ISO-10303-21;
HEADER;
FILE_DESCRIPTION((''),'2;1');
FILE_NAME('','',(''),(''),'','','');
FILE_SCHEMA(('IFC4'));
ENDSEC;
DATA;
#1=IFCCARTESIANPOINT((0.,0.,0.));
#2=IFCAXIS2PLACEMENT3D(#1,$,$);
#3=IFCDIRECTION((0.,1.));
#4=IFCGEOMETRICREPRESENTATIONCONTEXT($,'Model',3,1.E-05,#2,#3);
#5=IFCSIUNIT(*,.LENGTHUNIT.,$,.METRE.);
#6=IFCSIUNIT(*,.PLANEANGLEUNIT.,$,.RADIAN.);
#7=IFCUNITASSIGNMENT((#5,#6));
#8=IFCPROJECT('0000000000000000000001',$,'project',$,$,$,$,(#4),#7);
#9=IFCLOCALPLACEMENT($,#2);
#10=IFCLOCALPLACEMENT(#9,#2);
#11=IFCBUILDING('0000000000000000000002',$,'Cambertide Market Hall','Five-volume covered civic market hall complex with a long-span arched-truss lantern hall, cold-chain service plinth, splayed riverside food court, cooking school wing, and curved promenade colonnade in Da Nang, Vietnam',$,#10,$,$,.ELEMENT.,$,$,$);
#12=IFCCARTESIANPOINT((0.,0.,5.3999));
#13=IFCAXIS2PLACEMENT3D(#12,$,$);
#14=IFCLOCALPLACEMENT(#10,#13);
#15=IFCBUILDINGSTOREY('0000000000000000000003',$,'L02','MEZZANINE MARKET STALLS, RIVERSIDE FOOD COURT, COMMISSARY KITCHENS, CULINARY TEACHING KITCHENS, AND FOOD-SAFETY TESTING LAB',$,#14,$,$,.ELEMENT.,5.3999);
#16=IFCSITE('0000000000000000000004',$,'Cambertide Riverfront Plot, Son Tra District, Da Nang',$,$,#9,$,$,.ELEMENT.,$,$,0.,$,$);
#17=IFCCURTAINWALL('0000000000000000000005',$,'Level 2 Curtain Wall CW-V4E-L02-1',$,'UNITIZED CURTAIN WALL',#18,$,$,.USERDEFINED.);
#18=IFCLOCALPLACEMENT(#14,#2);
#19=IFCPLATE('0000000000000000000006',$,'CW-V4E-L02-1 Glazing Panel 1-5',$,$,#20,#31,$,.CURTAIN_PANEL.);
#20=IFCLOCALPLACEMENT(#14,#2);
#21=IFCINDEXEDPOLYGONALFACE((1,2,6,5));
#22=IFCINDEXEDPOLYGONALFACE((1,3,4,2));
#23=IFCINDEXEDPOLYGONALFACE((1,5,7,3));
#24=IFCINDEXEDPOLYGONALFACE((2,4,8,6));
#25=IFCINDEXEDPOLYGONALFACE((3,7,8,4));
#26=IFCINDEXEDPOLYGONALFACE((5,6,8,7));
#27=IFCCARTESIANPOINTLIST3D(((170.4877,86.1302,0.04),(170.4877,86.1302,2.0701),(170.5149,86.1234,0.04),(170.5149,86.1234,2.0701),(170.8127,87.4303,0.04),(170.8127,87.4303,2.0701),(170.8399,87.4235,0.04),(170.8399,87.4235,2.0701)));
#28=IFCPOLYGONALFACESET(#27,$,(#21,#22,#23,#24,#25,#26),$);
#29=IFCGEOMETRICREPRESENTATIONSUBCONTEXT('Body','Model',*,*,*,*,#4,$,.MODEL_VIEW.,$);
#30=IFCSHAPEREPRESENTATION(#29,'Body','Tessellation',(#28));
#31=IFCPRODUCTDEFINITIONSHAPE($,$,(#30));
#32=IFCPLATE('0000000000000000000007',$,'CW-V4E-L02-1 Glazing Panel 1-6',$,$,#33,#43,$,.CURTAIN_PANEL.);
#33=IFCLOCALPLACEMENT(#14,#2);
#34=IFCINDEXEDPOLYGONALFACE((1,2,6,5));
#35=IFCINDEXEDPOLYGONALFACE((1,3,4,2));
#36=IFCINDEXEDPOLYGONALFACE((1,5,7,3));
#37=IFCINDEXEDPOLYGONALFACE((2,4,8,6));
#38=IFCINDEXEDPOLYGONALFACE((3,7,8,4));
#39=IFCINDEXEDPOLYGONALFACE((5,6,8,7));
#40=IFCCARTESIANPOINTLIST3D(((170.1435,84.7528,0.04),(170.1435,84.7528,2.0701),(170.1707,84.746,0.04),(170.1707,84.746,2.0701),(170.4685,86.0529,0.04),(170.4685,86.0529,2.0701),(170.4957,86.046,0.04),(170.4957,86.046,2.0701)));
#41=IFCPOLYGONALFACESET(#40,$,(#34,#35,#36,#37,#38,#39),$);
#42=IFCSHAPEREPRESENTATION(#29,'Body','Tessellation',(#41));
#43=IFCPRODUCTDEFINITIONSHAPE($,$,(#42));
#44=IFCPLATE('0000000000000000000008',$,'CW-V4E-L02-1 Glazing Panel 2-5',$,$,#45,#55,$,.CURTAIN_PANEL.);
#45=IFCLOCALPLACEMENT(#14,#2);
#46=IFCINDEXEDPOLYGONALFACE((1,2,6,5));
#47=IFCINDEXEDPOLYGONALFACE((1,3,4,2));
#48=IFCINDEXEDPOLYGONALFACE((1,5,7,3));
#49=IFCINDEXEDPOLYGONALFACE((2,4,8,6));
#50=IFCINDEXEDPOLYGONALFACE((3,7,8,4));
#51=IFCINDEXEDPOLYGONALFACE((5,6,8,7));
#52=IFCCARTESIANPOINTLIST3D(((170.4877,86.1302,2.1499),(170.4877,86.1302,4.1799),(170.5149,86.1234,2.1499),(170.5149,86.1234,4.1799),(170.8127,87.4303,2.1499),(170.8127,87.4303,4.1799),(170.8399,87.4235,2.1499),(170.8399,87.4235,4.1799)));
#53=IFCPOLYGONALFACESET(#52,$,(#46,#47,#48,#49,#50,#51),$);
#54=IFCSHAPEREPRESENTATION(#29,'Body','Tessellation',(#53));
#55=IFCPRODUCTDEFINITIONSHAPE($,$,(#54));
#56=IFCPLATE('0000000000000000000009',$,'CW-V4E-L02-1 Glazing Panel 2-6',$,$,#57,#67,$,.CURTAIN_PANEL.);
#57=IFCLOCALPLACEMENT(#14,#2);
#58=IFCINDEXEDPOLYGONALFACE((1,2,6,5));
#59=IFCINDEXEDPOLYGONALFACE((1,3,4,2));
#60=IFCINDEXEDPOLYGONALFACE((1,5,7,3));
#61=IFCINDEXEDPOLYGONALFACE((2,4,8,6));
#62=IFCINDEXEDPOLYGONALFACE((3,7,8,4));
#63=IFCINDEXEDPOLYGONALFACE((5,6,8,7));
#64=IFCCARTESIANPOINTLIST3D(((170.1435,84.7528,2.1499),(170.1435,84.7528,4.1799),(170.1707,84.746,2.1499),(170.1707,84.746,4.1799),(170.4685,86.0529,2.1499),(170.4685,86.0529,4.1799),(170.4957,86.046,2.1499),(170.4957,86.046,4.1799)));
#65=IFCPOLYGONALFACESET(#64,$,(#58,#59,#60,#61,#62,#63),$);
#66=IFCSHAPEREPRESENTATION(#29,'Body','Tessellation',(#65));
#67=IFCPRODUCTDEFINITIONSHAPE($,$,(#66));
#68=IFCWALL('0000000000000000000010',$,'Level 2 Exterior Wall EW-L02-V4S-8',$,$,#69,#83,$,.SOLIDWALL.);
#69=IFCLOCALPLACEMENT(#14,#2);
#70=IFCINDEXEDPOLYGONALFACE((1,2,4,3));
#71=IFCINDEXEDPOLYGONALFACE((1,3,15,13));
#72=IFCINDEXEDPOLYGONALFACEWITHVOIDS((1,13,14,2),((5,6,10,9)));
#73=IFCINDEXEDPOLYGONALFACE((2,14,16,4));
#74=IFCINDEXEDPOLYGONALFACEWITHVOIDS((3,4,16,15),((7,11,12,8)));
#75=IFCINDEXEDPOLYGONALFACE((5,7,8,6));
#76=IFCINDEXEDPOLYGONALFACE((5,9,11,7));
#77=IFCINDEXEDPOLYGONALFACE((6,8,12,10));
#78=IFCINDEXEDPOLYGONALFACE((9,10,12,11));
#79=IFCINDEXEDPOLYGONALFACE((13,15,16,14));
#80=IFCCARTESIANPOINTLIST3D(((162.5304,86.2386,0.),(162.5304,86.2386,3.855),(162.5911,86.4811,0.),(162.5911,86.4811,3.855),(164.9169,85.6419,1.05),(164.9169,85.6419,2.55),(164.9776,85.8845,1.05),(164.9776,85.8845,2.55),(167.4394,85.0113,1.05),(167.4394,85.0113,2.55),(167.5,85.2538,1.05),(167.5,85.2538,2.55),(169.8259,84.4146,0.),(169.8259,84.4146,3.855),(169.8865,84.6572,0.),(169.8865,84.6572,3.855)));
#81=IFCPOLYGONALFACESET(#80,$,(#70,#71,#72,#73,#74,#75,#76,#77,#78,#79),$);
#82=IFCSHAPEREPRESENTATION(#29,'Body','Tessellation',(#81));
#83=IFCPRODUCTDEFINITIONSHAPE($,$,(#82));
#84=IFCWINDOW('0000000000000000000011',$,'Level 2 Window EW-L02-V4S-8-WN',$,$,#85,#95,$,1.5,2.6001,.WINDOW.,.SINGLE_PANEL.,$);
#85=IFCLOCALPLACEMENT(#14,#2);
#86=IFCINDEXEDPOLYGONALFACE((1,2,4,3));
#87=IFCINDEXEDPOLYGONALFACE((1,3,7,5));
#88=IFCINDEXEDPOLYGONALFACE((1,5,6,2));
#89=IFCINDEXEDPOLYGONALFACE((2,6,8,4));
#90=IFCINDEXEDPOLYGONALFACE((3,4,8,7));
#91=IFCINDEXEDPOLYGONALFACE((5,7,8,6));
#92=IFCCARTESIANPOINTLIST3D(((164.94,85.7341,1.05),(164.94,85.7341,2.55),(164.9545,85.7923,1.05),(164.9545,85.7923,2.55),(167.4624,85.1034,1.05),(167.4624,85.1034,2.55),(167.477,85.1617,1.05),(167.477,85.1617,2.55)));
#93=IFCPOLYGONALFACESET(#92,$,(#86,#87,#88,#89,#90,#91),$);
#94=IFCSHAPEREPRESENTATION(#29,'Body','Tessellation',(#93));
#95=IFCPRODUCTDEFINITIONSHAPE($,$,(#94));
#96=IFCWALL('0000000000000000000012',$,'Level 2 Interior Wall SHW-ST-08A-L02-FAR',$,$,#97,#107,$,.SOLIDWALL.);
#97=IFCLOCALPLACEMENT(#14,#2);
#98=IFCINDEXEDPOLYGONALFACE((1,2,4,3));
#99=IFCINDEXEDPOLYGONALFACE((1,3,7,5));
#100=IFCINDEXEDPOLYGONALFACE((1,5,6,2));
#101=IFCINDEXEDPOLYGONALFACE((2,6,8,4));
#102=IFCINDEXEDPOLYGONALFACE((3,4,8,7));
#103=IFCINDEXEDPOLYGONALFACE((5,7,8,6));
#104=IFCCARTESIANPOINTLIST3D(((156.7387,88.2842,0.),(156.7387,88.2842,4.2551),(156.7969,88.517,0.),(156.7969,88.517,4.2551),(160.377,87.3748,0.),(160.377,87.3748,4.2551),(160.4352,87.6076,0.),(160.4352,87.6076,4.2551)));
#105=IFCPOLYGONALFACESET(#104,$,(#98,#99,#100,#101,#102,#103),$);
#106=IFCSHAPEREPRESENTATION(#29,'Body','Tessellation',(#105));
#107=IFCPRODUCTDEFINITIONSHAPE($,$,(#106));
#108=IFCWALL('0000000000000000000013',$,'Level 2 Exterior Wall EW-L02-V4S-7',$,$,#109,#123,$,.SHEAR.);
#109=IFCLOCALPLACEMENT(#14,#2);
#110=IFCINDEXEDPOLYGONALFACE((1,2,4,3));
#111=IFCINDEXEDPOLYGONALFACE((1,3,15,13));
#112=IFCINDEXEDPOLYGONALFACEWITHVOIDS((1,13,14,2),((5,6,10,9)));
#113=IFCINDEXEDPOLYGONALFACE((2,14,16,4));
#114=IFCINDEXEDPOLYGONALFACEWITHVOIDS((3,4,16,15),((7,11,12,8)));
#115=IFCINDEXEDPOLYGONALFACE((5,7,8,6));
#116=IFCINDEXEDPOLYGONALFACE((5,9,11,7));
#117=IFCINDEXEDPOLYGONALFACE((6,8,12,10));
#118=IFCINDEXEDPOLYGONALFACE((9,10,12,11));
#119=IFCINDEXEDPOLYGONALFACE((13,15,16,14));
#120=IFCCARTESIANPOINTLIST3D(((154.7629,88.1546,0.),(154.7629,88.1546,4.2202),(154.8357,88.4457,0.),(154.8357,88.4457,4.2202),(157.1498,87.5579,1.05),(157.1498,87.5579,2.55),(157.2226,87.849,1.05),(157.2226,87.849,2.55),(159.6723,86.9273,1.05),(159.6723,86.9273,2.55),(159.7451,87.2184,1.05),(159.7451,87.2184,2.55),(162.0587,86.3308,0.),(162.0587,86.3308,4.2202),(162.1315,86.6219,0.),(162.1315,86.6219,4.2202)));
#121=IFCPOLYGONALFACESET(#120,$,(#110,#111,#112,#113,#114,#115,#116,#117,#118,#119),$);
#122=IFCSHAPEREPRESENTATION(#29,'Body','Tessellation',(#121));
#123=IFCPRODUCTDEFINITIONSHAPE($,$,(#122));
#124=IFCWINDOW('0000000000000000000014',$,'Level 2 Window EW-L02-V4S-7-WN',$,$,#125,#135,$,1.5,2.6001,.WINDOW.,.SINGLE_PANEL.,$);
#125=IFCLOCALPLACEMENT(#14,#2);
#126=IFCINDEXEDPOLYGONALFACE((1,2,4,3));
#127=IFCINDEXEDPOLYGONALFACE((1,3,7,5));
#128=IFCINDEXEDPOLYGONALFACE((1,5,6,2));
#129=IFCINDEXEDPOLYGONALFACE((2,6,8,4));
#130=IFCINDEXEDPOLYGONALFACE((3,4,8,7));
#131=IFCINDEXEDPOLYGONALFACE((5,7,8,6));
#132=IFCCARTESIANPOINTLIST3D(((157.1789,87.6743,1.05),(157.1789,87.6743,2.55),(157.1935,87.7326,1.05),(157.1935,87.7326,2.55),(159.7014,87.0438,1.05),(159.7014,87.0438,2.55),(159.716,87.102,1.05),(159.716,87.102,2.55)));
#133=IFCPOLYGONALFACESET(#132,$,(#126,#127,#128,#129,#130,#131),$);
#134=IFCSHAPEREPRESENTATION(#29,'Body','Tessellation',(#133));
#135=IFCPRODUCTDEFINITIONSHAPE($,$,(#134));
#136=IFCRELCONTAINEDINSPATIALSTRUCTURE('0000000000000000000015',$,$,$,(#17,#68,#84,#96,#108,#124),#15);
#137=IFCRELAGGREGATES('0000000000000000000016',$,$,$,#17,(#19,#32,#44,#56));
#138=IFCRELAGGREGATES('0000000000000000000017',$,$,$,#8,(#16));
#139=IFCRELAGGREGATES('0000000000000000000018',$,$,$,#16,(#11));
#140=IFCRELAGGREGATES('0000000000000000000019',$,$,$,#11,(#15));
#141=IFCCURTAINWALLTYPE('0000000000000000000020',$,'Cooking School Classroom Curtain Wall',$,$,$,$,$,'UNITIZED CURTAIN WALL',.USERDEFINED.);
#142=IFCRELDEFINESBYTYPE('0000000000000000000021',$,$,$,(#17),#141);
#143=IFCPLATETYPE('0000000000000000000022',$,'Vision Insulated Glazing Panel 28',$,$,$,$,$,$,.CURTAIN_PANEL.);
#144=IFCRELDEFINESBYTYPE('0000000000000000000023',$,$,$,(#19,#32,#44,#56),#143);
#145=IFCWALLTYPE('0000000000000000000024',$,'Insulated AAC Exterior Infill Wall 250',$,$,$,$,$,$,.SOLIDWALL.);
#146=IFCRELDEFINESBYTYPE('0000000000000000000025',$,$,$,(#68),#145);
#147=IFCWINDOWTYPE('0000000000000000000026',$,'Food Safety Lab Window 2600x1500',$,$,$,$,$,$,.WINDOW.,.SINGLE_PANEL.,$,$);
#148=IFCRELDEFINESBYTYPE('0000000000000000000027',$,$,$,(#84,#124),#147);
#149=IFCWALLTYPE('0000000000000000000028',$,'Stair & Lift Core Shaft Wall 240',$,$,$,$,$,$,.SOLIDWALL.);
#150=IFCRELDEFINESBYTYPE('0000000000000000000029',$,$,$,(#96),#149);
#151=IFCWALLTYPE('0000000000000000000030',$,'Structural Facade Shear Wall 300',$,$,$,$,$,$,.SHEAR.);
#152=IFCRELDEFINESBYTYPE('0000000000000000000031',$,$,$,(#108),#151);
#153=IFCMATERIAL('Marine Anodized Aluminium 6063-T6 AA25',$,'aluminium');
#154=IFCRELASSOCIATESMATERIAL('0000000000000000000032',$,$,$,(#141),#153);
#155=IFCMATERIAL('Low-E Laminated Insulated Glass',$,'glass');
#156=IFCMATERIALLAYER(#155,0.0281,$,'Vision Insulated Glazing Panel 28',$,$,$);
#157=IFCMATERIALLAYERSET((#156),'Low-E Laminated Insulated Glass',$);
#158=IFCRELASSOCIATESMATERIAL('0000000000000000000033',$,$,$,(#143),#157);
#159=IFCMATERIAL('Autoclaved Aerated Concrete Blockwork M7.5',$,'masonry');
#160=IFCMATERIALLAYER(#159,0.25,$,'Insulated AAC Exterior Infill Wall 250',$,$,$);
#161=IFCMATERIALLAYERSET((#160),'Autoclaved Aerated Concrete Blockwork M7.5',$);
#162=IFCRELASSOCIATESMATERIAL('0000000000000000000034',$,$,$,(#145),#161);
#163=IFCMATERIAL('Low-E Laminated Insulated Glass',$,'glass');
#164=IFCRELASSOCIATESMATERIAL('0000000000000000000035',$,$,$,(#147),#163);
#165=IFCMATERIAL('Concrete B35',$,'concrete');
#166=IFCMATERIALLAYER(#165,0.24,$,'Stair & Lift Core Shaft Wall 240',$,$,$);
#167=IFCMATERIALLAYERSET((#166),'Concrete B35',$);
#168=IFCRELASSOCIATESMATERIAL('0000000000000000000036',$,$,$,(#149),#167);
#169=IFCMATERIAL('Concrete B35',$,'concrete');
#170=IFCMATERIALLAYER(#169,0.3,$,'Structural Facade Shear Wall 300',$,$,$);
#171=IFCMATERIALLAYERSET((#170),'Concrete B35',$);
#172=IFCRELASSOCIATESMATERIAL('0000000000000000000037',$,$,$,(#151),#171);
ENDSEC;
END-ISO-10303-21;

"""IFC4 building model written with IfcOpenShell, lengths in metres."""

from ifc_helpers import new_model, si_unit, direction, frame, frame_2d, origin, origin_2d, place, context, subcontext, project, spatial, rectangle, extrude, material, layer, layer_set, type_object, element, fill, aggregate, save


model = new_model("IFC4")

# Units and contexts
model_context = context("Model", 3, precision=1e-05, world=origin(), true_north=direction((0.0, 1.0)))
body_context = subcontext(model_context, "Body", "Model", "MODEL_VIEW")
ifc_project = project(units=[si_unit("LENGTHUNIT", "METRE"), si_unit("PLANEANGLEUNIT", "RADIAN")], contexts=[model_context])

# Site, building, storey
site_placement = place(None, origin())
site = spatial("IfcSite", under=ifc_project, at=site_placement, Name="Cambertide Riverfront Plot, Son Tra District, Da Nang", CompositionType="ELEMENT", RefElevation=0.0)
building_placement = place(site_placement, origin())
building = spatial("IfcBuilding", under=site, at=building_placement, Name="Cambertide Market Hall", Description="Five-volume covered civic market hall complex with a long-span arched-truss lantern hall, cold-chain service plinth, splayed riverside food court, cooking school wing, and curved promenade colonnade in Da Nang, Vietnam", CompositionType="ELEMENT")
storey_placement = place(building_placement, frame((0.0, 0.0, 5.3999)))
storey = spatial("IfcBuildingStorey", under=building, at=storey_placement, Name="L02", Description="MEZZANINE MARKET STALLS, RIVERSIDE FOOD COURT, COMMISSARY KITCHENS, CULINARY TEACHING KITCHENS, AND FOOD-SAFETY TESTING LAB", CompositionType="ELEMENT", Elevation=5.3999)

# Curtain wall
ifc_material_1 = material(Name="Marine Anodized Aluminium 6063-T6 AA25", Category="aluminium")
curtain_wall_type = type_object("IfcCurtainWallType", Name="Cooking School Classroom Curtain Wall", ElementType="UNITIZED CURTAIN WALL", PredefinedType="USERDEFINED", material=ifc_material_1)
curtain_wall_placement = place(storey_placement, origin())
curtain_wall = element("IfcCurtainWall", 1, at=curtain_wall_placement, inside=storey, type_object=curtain_wall_type, Name="Level 2 Curtain Wall CW-V4E-L02-1", ObjectType="UNITIZED CURTAIN WALL", PredefinedType="USERDEFINED")

# Plates
ifc_material_2 = material(Name="Low-E Laminated Insulated Glass", Category="glass")
ifc_layer_1 = layer(ifc_material_2, 0.0281, Name="Vision Insulated Glazing Panel 28")
ifc_layer_set_1 = layer_set([ifc_layer_1], Name="Low-E Laminated Insulated Glass")
plate_type = type_object("IfcPlateType", Name="Vision Insulated Glazing Panel 28", PredefinedType="CURTAIN_PANEL", material=ifc_layer_set_1)
plate_1_placement = place(storey_placement, frame((170.6638, 86.7769, 0.04), z_axis=(0.0, 0.0, 1.0), x_axis=(-0.242536, -0.970143, 0.0)))
plate_1 = element("IfcPlate", 2, at=plate_1_placement, type_object=plate_type, Name="CW-V4E-L02-1 Glazing Panel 1-5", PredefinedType="CURTAIN_PANEL", context=body_context, shape_type="SweptSolid", body=[
    extrude(rectangle(XDim=1.3401, YDim=0.0281, at=origin_2d()), origin(), (0.0, 0.0, 1.0), 2.03),
])
plate_2_placement = place(storey_placement, frame((170.3196, 85.3994, 0.04), z_axis=(0.0, 0.0, 1.0), x_axis=(-0.242536, -0.970143, 0.0)))
plate_2 = element("IfcPlate", 3, at=plate_2_placement, type_object=plate_type, Name="CW-V4E-L02-1 Glazing Panel 1-6", PredefinedType="CURTAIN_PANEL", context=body_context, shape_type="SweptSolid", body=[
    extrude(rectangle(XDim=1.3401, YDim=0.0281, at=origin_2d()), origin(), (0.0, 0.0, 1.0), 2.03),
])
plate_3_placement = place(storey_placement, frame((170.6638, 86.7769, 2.1499), z_axis=(0.0, 0.0, 1.0), x_axis=(-0.242536, -0.970143, 0.0)))
plate_3 = element("IfcPlate", 4, at=plate_3_placement, type_object=plate_type, Name="CW-V4E-L02-1 Glazing Panel 2-5", PredefinedType="CURTAIN_PANEL", context=body_context, shape_type="SweptSolid", body=[
    extrude(rectangle(XDim=1.3401, YDim=0.0281, at=origin_2d()), origin(), (0.0, 0.0, 1.0), 2.03),
])
plate_4_placement = place(storey_placement, frame((170.3196, 85.3994, 2.1499), z_axis=(0.0, 0.0, 1.0), x_axis=(-0.242536, -0.970143, 0.0)))
plate_4 = element("IfcPlate", 5, at=plate_4_placement, type_object=plate_type, Name="CW-V4E-L02-1 Glazing Panel 2-6", PredefinedType="CURTAIN_PANEL", context=body_context, shape_type="SweptSolid", body=[
    extrude(rectangle(XDim=1.3401, YDim=0.0281, at=origin_2d()), origin(), (0.0, 0.0, 1.0), 2.03),
])
aggregate(curtain_wall, [plate_1, plate_2, plate_3, plate_4])

# Wall, opening, window
ifc_material_3 = material(Name="Autoclaved Aerated Concrete Blockwork M7.5", Category="masonry")
ifc_layer_2 = layer(ifc_material_3, 0.25, Name="Insulated AAC Exterior Infill Wall 250")
ifc_layer_set_2 = layer_set([ifc_layer_2], Name="Autoclaved Aerated Concrete Blockwork M7.5")
wall_type_1 = type_object("IfcWallType", Name="Insulated AAC Exterior Infill Wall 250", PredefinedType="SOLIDWALL", material=ifc_layer_set_2)
wall_1_placement = place(storey_placement, frame((169.8562, 84.5359, 0.0), z_axis=(0.0, 0.0, 1.0), x_axis=(-0.970139, 0.242551, 0.0)))
wall_1 = element("IfcWall", 6, at=wall_1_placement, inside=storey, type_object=wall_type_1, Name="Level 2 Exterior Wall EW-L02-V4S-8", PredefinedType="SOLIDWALL", context=body_context, shape_type="SweptSolid", body=[
    extrude(rectangle(XDim=7.52, YDim=0.25, at=frame_2d((3.76, 0.0))), origin(), (0.0, 0.0, 1.0), 3.855),
])
opening_1_placement = place(wall_1_placement, frame((2.46, 0.0, 1.05)))
opening_1 = element("IfcOpeningElement", 7, at=opening_1_placement, cuts=wall_1, PredefinedType="OPENING", context=body_context, shape_type="SweptSolid", body=[
    extrude(rectangle(XDim=2.6001, YDim=1.5, at=frame_2d((1.3, 0.75))), frame((0.0, 0.135, 0.0), z_axis=(0.0, -1.0, 0.0), x_axis=(1.0, 0.0, 0.0)), (0.0, 0.0, 1.0), 0.27),
])
ifc_material_4 = material(Name="Low-E Laminated Insulated Glass", Category="glass")
window_type = type_object("IfcWindowType", Name="Food Safety Lab Window 2600x1500", PartitioningType="SINGLE_PANEL", PredefinedType="WINDOW", material=ifc_material_4)
window_1_placement = place(opening_1_placement, origin())
window_1 = element("IfcWindow", 8, at=window_1_placement, inside=storey, type_object=window_type, Name="Level 2 Window EW-L02-V4S-8-WN", OverallHeight=1.5, OverallWidth=2.6001, PartitioningType="SINGLE_PANEL", PredefinedType="WINDOW", context=body_context, shape_type="SweptSolid", body=[
    extrude(rectangle(XDim=2.6001, YDim=1.5, at=frame_2d((1.3, 0.75))), frame((0.0, 0.03, 0.0), z_axis=(0.0, -1.0, 0.0), x_axis=(1.0, 0.0, 0.0)), (0.0, 0.0, 1.0), 0.0601),
])
fill(opening_1, window_1)

# Wall
ifc_material_5 = material(Name="Concrete B35", Category="concrete")
ifc_layer_3 = layer(ifc_material_5, 0.24, Name="Stair & Lift Core Shaft Wall 240")
ifc_layer_set_3 = layer_set([ifc_layer_3], Name="Concrete B35")
wall_type_2 = type_object("IfcWallType", Name="Stair & Lift Core Shaft Wall 240", PredefinedType="SOLIDWALL", material=ifc_layer_set_3)
wall_2_placement = place(storey_placement, frame((160.406, 87.4912, 0.0), z_axis=(0.0, 0.0, 1.0), x_axis=(-0.97015, 0.242505, 0.0)))
element("IfcWall", 9, at=wall_2_placement, inside=storey, type_object=wall_type_2, Name="Level 2 Interior Wall SHW-ST-08A-L02-FAR", PredefinedType="SOLIDWALL", context=body_context, shape_type="SweptSolid", body=[
    extrude(rectangle(XDim=3.7502, YDim=0.24, at=frame_2d((1.875, 0.0))), origin(), (0.0, 0.0, 1.0), 4.2551),
])

# Wall, opening, window
ifc_material_6 = material(Name="Concrete B35", Category="concrete")
ifc_layer_4 = layer(ifc_material_6, 0.3, Name="Structural Facade Shear Wall 300")
ifc_layer_set_4 = layer_set([ifc_layer_4], Name="Concrete B35")
wall_type_3 = type_object("IfcWallType", Name="Structural Facade Shear Wall 300", PredefinedType="SHEAR", material=ifc_layer_set_4)
wall_3_placement = place(storey_placement, frame((162.0952, 86.4763, 0.0), z_axis=(0.0, 0.0, 1.0), x_axis=(-0.970148, 0.242513, 0.0)))
wall_3 = element("IfcWall", 10, at=wall_3_placement, inside=storey, type_object=wall_type_3, Name="Level 2 Exterior Wall EW-L02-V4S-7", PredefinedType="SHEAR", context=body_context, shape_type="SweptSolid", body=[
    extrude(rectangle(XDim=7.5203, YDim=0.3, at=frame_2d((3.7603, 0.0))), origin(), (0.0, 0.0, 1.0), 4.2202),
])
opening_2_placement = place(wall_3_placement, frame((2.46, 0.0, 1.05)))
opening_2 = element("IfcOpeningElement", 11, at=opening_2_placement, cuts=wall_3, PredefinedType="OPENING", context=body_context, shape_type="SweptSolid", body=[
    extrude(rectangle(XDim=2.6001, YDim=1.5, at=frame_2d((1.3, 0.75))), frame((0.0, 0.1599, 0.0), z_axis=(0.0, -1.0, 0.0), x_axis=(1.0, 0.0, 0.0)), (0.0, 0.0, 1.0), 0.3201),
])
window_2_placement = place(opening_2_placement, origin())
window_2 = element("IfcWindow", 12, at=window_2_placement, inside=storey, type_object=window_type, Name="Level 2 Window EW-L02-V4S-7-WN", OverallHeight=1.5, OverallWidth=2.6001, PartitioningType="SINGLE_PANEL", PredefinedType="WINDOW", context=body_context, shape_type="SweptSolid", body=[
    extrude(rectangle(XDim=2.6001, YDim=1.5, at=frame_2d((1.3, 0.75))), frame((0.0, 0.03, 0.0), z_axis=(0.0, -1.0, 0.0), x_axis=(1.0, 0.0, 0.0)), (0.0, 0.0, 1.0), 0.0601),
])
fill(opening_2, window_2)

save(model, "model.ifc")
